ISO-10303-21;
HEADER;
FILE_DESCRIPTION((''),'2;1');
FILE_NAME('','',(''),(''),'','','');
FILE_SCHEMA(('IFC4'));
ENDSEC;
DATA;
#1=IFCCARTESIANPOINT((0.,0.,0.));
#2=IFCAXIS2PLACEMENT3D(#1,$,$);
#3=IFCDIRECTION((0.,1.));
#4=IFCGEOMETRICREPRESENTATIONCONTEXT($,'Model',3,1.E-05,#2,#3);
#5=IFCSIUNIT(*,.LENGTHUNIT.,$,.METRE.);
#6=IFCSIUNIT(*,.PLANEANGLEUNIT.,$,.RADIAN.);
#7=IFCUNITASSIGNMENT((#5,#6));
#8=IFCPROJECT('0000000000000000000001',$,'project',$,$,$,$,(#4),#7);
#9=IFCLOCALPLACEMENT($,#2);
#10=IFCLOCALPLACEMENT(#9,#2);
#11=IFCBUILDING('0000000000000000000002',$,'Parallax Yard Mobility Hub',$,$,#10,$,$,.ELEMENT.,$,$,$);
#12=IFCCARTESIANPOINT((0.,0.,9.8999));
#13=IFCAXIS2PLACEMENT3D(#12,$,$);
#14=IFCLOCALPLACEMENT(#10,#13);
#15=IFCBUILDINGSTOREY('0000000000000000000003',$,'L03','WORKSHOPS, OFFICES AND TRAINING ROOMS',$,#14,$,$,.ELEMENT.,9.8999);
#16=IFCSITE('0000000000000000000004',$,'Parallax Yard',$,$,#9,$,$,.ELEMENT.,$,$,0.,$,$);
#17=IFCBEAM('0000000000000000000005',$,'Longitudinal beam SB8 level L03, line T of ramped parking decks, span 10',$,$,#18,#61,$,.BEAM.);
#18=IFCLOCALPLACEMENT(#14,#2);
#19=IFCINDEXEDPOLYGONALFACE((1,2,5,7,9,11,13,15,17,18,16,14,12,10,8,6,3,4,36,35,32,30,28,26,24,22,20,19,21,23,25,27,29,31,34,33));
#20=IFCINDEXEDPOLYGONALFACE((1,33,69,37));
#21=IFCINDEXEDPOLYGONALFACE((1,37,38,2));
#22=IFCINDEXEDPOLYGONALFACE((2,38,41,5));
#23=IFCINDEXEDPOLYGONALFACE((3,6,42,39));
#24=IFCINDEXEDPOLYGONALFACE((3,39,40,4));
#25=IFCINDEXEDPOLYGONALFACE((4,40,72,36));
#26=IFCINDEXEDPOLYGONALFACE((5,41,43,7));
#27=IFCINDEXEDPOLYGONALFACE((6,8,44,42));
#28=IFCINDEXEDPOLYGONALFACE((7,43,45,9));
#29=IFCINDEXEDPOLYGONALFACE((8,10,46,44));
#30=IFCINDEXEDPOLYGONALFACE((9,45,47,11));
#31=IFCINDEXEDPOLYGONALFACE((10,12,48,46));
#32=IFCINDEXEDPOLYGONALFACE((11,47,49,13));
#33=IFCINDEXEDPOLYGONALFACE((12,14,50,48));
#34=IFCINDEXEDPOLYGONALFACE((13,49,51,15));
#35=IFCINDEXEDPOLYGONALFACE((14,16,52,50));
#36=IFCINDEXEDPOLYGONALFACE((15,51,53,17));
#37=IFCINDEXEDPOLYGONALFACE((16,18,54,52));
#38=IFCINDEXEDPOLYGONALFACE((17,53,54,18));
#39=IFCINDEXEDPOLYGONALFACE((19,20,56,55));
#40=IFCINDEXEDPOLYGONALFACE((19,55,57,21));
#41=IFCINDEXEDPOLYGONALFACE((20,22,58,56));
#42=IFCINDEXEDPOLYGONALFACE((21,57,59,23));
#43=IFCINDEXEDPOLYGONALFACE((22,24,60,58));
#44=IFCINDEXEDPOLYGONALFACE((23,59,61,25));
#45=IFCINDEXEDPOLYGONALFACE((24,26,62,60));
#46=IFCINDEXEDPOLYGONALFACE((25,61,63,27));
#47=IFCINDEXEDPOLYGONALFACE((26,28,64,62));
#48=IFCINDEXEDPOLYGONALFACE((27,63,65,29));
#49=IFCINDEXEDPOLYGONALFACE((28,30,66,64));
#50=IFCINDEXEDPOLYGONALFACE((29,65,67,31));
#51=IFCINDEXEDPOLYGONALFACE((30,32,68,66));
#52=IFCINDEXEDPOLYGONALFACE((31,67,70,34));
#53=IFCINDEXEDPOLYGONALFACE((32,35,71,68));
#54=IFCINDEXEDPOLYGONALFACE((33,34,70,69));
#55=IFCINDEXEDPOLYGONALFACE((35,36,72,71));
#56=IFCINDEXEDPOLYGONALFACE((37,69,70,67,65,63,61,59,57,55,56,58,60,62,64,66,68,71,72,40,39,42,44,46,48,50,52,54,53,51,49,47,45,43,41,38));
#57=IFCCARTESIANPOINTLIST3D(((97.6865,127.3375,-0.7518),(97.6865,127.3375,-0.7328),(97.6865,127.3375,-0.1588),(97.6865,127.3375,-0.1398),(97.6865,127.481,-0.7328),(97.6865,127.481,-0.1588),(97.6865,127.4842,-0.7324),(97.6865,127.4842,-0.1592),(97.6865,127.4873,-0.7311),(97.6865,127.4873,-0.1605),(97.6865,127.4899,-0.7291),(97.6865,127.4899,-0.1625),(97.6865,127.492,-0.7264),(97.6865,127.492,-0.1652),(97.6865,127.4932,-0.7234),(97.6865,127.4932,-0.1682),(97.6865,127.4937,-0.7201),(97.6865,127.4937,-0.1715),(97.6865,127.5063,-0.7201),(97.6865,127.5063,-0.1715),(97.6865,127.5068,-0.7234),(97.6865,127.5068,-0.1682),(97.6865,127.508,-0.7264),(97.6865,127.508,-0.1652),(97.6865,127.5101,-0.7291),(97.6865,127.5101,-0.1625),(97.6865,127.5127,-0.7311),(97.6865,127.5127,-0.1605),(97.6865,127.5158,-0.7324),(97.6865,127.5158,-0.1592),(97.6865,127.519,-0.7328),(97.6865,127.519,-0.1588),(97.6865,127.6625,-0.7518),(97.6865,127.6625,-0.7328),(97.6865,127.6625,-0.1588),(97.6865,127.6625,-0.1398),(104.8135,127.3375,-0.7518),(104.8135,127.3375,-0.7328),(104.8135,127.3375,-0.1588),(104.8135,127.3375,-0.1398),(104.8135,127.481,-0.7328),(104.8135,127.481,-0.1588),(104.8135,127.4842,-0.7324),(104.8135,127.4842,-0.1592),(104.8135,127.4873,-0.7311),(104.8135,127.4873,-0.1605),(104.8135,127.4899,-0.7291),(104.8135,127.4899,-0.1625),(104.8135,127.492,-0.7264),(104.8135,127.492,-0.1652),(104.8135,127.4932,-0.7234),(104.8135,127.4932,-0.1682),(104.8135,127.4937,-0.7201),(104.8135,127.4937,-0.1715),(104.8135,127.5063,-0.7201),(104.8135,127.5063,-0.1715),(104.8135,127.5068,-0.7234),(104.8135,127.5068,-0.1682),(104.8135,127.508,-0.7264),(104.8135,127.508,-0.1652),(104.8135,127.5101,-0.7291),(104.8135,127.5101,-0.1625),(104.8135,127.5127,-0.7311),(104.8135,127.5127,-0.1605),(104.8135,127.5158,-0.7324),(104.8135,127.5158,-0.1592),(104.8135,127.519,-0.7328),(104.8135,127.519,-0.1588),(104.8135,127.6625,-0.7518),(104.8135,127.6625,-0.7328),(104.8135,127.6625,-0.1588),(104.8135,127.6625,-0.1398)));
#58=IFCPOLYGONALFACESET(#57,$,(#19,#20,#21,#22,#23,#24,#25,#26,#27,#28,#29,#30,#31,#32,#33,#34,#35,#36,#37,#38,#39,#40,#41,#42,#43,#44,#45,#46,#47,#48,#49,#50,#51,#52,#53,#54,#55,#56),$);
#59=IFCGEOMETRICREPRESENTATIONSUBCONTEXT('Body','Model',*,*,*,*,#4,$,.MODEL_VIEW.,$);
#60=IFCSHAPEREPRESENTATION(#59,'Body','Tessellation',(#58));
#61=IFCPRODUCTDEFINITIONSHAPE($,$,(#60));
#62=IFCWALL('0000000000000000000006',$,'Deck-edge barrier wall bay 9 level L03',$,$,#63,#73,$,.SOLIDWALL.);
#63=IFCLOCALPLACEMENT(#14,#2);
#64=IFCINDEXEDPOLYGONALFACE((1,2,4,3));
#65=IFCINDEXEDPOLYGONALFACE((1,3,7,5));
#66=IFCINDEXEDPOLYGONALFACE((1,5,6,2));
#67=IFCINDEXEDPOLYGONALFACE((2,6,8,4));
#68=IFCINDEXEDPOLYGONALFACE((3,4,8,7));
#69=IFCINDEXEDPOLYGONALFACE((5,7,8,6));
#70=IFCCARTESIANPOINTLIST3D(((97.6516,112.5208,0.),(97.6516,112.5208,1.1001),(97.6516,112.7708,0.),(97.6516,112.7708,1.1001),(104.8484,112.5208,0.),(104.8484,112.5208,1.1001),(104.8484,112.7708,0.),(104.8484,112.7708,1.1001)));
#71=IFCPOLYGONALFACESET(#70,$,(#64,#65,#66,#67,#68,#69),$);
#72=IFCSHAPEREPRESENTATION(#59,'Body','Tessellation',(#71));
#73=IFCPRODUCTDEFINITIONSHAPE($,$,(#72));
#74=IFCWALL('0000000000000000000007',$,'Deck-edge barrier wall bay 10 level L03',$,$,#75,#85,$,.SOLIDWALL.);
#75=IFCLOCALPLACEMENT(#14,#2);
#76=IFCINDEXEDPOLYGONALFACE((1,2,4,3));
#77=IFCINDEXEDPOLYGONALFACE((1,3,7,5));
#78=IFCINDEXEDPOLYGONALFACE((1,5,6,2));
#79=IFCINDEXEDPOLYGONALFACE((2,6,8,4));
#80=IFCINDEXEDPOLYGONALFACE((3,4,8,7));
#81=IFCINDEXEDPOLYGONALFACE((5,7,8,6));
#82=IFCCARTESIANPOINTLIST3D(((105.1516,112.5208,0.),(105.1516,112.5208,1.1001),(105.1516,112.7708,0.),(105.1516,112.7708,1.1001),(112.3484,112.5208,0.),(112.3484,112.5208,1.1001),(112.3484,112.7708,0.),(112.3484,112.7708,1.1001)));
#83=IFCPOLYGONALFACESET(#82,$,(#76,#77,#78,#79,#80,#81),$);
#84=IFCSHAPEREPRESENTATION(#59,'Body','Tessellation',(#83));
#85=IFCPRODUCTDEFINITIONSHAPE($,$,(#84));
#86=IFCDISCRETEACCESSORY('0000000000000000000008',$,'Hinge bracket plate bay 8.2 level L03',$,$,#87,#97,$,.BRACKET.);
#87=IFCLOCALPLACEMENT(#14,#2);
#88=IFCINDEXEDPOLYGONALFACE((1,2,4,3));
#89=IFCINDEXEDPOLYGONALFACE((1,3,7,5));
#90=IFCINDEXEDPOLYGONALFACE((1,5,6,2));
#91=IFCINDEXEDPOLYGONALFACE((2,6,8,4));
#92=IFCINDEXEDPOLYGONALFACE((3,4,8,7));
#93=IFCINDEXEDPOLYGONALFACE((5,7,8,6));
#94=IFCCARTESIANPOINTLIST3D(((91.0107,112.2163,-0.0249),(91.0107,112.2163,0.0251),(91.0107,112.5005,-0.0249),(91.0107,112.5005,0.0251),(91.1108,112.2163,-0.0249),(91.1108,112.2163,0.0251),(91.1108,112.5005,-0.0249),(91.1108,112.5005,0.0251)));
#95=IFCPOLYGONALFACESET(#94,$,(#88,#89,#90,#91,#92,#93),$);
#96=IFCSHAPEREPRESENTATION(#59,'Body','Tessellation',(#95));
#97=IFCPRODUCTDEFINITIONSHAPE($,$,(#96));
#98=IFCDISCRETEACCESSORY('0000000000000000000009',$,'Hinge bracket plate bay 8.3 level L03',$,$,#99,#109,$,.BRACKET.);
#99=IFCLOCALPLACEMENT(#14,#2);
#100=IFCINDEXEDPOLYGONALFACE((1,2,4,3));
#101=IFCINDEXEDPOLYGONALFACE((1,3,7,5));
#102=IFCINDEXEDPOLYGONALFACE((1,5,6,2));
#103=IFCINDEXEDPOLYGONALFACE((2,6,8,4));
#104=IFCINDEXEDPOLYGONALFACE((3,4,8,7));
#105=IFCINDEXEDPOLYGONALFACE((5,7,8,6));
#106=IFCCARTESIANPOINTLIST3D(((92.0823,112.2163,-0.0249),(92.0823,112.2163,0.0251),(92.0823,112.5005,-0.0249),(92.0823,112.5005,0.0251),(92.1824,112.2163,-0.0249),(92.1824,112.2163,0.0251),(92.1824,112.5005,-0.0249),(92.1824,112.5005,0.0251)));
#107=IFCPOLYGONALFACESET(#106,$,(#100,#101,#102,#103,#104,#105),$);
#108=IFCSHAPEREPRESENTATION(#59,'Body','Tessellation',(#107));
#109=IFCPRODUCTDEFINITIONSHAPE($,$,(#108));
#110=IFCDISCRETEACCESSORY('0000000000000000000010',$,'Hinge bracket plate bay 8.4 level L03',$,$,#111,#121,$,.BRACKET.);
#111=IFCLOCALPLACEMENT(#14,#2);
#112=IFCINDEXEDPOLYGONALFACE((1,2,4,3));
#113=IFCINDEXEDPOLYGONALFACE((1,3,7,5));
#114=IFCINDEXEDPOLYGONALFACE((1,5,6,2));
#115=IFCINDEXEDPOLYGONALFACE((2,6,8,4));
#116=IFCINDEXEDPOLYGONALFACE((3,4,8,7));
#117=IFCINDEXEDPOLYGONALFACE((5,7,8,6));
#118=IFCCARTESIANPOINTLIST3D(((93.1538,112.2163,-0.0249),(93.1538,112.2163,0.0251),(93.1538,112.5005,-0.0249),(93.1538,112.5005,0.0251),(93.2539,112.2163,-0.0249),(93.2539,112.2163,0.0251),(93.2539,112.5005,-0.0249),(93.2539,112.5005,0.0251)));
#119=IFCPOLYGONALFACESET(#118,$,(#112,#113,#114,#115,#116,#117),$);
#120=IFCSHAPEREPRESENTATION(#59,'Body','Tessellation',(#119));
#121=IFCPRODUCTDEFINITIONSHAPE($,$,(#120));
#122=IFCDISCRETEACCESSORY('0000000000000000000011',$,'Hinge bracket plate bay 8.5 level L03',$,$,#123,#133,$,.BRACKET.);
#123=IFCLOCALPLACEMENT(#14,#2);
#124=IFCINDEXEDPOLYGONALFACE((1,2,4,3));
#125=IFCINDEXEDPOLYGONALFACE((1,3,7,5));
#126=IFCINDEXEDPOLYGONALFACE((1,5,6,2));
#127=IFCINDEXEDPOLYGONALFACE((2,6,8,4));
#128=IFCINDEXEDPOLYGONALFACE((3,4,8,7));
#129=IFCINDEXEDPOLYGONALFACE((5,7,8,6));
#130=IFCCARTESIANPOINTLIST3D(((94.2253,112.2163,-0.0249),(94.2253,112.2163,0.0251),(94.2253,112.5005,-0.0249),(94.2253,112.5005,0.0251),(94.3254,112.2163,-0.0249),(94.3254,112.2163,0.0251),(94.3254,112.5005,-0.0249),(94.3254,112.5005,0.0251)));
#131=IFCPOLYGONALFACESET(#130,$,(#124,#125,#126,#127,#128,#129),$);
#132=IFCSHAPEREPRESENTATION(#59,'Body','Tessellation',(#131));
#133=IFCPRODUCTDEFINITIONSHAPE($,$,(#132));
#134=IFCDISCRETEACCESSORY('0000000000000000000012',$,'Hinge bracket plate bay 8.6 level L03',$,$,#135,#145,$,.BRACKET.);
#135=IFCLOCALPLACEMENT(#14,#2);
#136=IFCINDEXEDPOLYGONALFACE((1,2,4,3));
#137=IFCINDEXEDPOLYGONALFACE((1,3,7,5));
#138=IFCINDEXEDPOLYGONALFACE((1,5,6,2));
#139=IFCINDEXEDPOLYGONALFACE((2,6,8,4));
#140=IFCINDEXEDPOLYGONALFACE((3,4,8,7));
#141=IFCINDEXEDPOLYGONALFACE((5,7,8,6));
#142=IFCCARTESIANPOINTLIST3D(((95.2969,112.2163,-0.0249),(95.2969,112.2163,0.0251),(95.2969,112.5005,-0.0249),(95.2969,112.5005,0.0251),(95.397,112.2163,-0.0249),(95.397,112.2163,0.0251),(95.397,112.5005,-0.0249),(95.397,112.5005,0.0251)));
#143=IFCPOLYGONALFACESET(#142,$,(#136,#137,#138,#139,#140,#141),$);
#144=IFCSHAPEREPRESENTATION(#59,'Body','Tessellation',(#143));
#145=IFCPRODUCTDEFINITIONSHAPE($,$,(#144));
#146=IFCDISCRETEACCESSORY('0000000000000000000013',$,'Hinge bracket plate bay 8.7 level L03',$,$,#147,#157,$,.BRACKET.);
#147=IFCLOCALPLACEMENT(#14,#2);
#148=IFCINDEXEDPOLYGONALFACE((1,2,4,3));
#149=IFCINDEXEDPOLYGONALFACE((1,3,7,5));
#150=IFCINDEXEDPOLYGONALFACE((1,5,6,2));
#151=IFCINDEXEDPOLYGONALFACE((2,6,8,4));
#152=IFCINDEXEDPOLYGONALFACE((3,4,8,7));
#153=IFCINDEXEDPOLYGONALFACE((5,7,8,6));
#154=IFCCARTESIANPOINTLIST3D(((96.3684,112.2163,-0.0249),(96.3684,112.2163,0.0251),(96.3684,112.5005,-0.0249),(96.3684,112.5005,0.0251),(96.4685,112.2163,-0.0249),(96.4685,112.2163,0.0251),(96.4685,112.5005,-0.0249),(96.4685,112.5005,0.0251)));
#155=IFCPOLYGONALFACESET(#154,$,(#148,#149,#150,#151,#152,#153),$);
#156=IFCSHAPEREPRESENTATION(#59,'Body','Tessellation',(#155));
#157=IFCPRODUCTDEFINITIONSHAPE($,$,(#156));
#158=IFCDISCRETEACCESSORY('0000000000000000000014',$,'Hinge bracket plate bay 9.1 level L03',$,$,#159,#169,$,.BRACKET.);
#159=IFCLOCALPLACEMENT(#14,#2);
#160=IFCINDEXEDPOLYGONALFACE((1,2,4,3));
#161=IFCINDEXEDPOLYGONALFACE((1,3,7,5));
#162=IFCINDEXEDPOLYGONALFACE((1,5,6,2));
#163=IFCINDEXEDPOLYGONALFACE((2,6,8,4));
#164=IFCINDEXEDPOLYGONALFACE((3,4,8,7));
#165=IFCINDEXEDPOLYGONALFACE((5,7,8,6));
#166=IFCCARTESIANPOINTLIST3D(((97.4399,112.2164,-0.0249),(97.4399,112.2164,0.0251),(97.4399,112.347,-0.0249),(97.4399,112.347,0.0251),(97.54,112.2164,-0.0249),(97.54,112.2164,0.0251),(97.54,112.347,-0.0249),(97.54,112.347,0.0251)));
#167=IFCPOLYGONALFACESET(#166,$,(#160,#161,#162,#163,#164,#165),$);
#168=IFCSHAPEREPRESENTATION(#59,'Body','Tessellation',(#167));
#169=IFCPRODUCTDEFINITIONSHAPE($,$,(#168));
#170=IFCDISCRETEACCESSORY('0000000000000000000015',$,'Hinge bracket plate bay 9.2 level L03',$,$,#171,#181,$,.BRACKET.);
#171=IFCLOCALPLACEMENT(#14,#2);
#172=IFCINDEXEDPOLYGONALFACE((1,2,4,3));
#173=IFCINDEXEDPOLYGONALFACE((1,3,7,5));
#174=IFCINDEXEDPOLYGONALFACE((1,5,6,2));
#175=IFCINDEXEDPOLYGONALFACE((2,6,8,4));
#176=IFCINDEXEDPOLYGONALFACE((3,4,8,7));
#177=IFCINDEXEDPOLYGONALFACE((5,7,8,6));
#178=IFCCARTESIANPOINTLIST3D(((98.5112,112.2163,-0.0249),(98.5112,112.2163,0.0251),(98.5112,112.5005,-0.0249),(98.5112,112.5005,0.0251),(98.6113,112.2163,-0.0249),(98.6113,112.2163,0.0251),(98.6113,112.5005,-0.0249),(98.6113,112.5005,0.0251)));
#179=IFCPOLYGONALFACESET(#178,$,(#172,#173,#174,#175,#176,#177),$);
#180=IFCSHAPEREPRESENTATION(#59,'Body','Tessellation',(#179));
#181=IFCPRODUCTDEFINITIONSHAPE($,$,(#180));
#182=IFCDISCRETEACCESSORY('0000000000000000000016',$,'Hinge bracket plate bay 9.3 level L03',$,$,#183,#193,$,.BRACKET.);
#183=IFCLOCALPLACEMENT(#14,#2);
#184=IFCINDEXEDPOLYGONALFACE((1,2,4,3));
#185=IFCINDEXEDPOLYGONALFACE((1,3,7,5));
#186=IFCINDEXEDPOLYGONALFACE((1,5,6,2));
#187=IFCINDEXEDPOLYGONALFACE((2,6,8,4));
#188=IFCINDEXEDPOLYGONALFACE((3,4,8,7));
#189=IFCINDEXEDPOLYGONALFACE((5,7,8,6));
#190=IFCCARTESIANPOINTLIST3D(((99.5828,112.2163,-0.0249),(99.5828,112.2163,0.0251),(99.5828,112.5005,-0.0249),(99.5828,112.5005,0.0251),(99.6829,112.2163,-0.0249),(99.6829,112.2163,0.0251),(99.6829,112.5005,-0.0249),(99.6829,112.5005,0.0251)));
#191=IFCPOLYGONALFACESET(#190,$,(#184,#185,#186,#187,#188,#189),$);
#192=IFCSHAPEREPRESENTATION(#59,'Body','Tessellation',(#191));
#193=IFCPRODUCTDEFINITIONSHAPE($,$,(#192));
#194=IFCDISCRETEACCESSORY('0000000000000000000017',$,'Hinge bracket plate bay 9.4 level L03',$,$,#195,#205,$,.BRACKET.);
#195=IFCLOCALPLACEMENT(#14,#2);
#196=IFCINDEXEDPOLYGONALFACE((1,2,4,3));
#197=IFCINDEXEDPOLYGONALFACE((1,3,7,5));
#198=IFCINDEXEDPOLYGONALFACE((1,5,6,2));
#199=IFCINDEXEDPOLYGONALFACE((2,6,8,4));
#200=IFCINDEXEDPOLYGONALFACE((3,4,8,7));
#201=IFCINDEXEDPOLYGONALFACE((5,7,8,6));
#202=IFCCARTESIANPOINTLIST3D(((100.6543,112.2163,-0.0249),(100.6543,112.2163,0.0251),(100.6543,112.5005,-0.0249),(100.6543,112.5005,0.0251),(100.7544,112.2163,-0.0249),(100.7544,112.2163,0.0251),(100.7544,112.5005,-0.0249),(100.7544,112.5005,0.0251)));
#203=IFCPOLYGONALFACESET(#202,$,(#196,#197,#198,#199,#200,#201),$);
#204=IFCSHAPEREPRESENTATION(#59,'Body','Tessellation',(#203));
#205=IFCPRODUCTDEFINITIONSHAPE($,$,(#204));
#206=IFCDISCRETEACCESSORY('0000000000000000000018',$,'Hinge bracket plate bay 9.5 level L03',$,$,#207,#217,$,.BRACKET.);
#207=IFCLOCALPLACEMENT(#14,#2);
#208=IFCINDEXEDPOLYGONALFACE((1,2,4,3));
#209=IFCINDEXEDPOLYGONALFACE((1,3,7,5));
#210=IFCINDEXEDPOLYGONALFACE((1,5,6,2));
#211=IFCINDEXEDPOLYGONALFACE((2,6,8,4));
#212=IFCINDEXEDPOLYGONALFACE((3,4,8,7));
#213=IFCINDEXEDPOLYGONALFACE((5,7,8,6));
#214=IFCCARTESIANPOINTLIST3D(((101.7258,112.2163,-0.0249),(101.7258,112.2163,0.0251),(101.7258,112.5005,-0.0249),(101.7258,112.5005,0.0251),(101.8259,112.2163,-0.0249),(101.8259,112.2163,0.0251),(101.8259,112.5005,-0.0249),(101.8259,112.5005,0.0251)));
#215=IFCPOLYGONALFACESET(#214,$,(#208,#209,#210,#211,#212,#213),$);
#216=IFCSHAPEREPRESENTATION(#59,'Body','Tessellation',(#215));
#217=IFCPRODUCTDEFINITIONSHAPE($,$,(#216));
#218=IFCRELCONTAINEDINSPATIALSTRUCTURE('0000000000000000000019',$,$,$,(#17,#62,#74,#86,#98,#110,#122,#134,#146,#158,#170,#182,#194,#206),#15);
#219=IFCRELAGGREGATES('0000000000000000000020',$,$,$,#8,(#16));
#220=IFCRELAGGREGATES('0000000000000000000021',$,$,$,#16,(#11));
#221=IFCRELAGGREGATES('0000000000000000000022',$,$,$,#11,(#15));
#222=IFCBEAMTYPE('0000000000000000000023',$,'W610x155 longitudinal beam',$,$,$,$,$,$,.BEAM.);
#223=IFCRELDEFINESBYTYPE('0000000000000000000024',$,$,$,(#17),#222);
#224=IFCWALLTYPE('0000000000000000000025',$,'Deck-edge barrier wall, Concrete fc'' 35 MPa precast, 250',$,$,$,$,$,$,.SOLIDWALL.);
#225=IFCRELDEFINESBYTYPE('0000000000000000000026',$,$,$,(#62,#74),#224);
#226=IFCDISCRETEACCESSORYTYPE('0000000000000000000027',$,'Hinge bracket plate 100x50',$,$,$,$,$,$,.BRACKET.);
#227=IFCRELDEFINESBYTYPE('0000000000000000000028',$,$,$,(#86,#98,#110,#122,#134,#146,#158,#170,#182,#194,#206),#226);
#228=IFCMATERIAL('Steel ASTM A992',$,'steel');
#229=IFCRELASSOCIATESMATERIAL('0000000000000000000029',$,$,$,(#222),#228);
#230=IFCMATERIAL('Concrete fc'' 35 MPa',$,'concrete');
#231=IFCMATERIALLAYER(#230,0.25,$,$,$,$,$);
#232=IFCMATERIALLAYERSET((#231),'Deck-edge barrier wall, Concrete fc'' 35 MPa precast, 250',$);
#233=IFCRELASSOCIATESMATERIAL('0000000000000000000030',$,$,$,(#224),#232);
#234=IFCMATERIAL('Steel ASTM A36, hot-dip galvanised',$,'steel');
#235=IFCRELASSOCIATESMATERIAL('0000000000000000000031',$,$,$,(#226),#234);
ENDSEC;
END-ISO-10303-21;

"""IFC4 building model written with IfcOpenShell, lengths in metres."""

from ifc_helpers import new_model, si_unit, direction, frame, frame_2d, origin, origin_2d, place, context, subcontext, project, spatial, rectangle, i_section, extrude, material, layer, layer_set, material_profile, profile_set, type_object, element, save


model = new_model("IFC4")

# Units and contexts
model_context = context("Model", 3, precision=1e-05, world=origin(), true_north=direction((0.0, 1.0)))
body_context = subcontext(model_context, "Body", "Model", "MODEL_VIEW")
ifc_project = project(units=[si_unit("LENGTHUNIT", "METRE"), si_unit("PLANEANGLEUNIT", "RADIAN")], contexts=[model_context])

# Site, building, storey
site_placement = place(None, origin())
site = spatial("IfcSite", under=ifc_project, at=site_placement, Name="Parallax Yard", CompositionType="ELEMENT", RefElevation=0.0)
building_placement = place(site_placement, origin())
building = spatial("IfcBuilding", under=site, at=building_placement, Name="Parallax Yard Mobility Hub", CompositionType="ELEMENT")
storey_placement = place(building_placement, frame((0.0, 0.0, 9.8999)))
storey = spatial("IfcBuildingStorey", under=building, at=storey_placement, Name="L03", Description="WORKSHOPS, OFFICES AND TRAINING ROOMS", CompositionType="ELEMENT", Elevation=9.8999)

# Shared definitions
ifc_material_1 = material(Name="Steel ASTM A992", Category="steel")

# Beam
ifc_material_profile_1 = material_profile(ifc_material_1, i_section(OverallWidth=0.325, OverallDepth=0.6121, WebThickness=0.0127, FlangeThickness=0.019, FilletRadius=0.0127, at=origin_2d()), Name="W610x155")
ifc_profile_set_1 = profile_set([ifc_material_profile_1], Name="Steel ASTM A992")
beam_type_1 = type_object("IfcBeamType", Name="W610x155 longitudinal beam", PredefinedType="BEAM", material=ifc_profile_set_1)
for number, where, z_axis, x_axis, name in (
    (1, (97.6865, 127.5, -0.4458), (1.0, 0.0, 0.0), (0.0, 1.0, 0.0), "Longitudinal beam SB8 level L03, line T of ramped parking decks, span 10"),
):
    element("IfcBeam", number, at=place(storey_placement, frame(where, z_axis=z_axis, x_axis=x_axis)), inside=storey, type_object=beam_type_1, Name=name, PredefinedType="BEAM", context=body_context, shape_type="SweptSolid", body=[
        extrude(i_section(OverallWidth=0.325, OverallDepth=0.6121, WebThickness=0.0127, FlangeThickness=0.019, FilletRadius=0.0127, at=origin_2d()), origin(), (0.0, 0.0, 1.0), 7.127),
    ])

# Walls
ifc_material_2 = material(Name="Concrete fc' 35 MPa", Category="concrete")
ifc_layer = layer(ifc_material_2, 0.25)
ifc_layer_set = layer_set([ifc_layer], Name="Deck-edge barrier wall, Concrete fc' 35 MPa precast, 250")
wall_type = type_object("IfcWallType", Name="Deck-edge barrier wall, Concrete fc' 35 MPa precast, 250", PredefinedType="SOLIDWALL", material=ifc_layer_set)
for number, where, z_axis, x_axis, name in (
    (2, (97.6516, 112.6458, 0.0), (0.0, 0.0, 1.0), (1.0, 0.0, 0.0), "Deck-edge barrier wall bay 9 level L03"),
    (3, (105.1516, 112.6458, 0.0), (0.0, 0.0, 1.0), (1.0, 0.0, 0.0), "Deck-edge barrier wall bay 10 level L03"),
):
    element("IfcWall", number, at=place(storey_placement, frame(where, z_axis=z_axis, x_axis=x_axis)), inside=storey, type_object=wall_type, Name=name, PredefinedType="SOLIDWALL", context=body_context, shape_type="SweptSolid", body=[
        extrude(rectangle(XDim=7.1968, YDim=0.25, at=frame_2d((3.5984, 0.0))), origin(), (0.0, 0.0, 1.0), 1.1001),
    ])

# Discrete accessories
ifc_material_3 = material(Name="Steel ASTM A36, hot-dip galvanised", Category="steel")
discrete_accessory_type = type_object("IfcDiscreteAccessoryType", Name="Hinge bracket plate 100x50", PredefinedType="BRACKET", material=ifc_material_3)
for number, where, z_axis, x_axis, name in (
    (4, (91.0608, 112.3584, -0.0249), (0.0, 0.0, 1.0), (0.0, -1.0, 0.0), "Hinge bracket plate bay 8.2 level L03"),
    (5, (92.1323, 112.3584, -0.0249), (0.0, 0.0, 1.0), (0.0, -1.0, 0.0), "Hinge bracket plate bay 8.3 level L03"),
    (6, (93.2039, 112.3584, -0.0249), (0.0, 0.0, 1.0), (0.0, -1.0, 0.0), "Hinge bracket plate bay 8.4 level L03"),
    (7, (94.2754, 112.3584, -0.0249), (0.0, 0.0, 1.0), (0.0, -1.0, 0.0), "Hinge bracket plate bay 8.5 level L03"),
    (8, (95.3469, 112.3584, -0.0249), (0.0, 0.0, 1.0), (0.0, -1.0, 0.0), "Hinge bracket plate bay 8.6 level L03"),
    (9, (96.4185, 112.3584, -0.0249), (0.0, 0.0, 1.0), (0.0, -1.0, 0.0), "Hinge bracket plate bay 8.7 level L03"),
):
    element("IfcDiscreteAccessory", number, at=place(storey_placement, frame(where, z_axis=z_axis, x_axis=x_axis)), inside=storey, type_object=discrete_accessory_type, Name=name, PredefinedType="BRACKET", context=body_context, shape_type="SweptSolid", body=[
        extrude(rectangle(XDim=0.2842, YDim=0.1001, at=origin_2d()), origin(), (0.0, 0.0, 1.0), 0.05),
    ])
discrete_accessory_1_placement = place(storey_placement, frame((97.49, 112.2817, -0.0249), z_axis=(0.0, 0.0, 1.0), x_axis=(0.0, -1.0, 0.0)))
element("IfcDiscreteAccessory", 10, at=discrete_accessory_1_placement, inside=storey, type_object=discrete_accessory_type, Name="Hinge bracket plate bay 9.1 level L03", PredefinedType="BRACKET", context=body_context, shape_type="SweptSolid", body=[
    extrude(rectangle(XDim=0.1306, YDim=0.1001, at=origin_2d()), origin(), (0.0, 0.0, 1.0), 0.05),
])
for number, where, z_axis, x_axis, name in (
    (11, (98.5613, 112.3584, -0.0249), (0.0, 0.0, 1.0), (0.0, -1.0, 0.0), "Hinge bracket plate bay 9.2 level L03"),
    (12, (99.6328, 112.3584, -0.0249), (0.0, 0.0, 1.0), (0.0, -1.0, 0.0), "Hinge bracket plate bay 9.3 level L03"),
    (13, (100.7043, 112.3584, -0.0249), (0.0, 0.0, 1.0), (0.0, -1.0, 0.0), "Hinge bracket plate bay 9.4 level L03"),
    (14, (101.7759, 112.3584, -0.0249), (0.0, 0.0, 1.0), (0.0, -1.0, 0.0), "Hinge bracket plate bay 9.5 level L03"),
):
    element("IfcDiscreteAccessory", number, at=place(storey_placement, frame(where, z_axis=z_axis, x_axis=x_axis)), inside=storey, type_object=discrete_accessory_type, Name=name, PredefinedType="BRACKET", context=body_context, shape_type="SweptSolid", body=[
        extrude(rectangle(XDim=0.2842, YDim=0.1001, at=origin_2d()), origin(), (0.0, 0.0, 1.0), 0.05),
    ])

save(model, "model.ifc")
